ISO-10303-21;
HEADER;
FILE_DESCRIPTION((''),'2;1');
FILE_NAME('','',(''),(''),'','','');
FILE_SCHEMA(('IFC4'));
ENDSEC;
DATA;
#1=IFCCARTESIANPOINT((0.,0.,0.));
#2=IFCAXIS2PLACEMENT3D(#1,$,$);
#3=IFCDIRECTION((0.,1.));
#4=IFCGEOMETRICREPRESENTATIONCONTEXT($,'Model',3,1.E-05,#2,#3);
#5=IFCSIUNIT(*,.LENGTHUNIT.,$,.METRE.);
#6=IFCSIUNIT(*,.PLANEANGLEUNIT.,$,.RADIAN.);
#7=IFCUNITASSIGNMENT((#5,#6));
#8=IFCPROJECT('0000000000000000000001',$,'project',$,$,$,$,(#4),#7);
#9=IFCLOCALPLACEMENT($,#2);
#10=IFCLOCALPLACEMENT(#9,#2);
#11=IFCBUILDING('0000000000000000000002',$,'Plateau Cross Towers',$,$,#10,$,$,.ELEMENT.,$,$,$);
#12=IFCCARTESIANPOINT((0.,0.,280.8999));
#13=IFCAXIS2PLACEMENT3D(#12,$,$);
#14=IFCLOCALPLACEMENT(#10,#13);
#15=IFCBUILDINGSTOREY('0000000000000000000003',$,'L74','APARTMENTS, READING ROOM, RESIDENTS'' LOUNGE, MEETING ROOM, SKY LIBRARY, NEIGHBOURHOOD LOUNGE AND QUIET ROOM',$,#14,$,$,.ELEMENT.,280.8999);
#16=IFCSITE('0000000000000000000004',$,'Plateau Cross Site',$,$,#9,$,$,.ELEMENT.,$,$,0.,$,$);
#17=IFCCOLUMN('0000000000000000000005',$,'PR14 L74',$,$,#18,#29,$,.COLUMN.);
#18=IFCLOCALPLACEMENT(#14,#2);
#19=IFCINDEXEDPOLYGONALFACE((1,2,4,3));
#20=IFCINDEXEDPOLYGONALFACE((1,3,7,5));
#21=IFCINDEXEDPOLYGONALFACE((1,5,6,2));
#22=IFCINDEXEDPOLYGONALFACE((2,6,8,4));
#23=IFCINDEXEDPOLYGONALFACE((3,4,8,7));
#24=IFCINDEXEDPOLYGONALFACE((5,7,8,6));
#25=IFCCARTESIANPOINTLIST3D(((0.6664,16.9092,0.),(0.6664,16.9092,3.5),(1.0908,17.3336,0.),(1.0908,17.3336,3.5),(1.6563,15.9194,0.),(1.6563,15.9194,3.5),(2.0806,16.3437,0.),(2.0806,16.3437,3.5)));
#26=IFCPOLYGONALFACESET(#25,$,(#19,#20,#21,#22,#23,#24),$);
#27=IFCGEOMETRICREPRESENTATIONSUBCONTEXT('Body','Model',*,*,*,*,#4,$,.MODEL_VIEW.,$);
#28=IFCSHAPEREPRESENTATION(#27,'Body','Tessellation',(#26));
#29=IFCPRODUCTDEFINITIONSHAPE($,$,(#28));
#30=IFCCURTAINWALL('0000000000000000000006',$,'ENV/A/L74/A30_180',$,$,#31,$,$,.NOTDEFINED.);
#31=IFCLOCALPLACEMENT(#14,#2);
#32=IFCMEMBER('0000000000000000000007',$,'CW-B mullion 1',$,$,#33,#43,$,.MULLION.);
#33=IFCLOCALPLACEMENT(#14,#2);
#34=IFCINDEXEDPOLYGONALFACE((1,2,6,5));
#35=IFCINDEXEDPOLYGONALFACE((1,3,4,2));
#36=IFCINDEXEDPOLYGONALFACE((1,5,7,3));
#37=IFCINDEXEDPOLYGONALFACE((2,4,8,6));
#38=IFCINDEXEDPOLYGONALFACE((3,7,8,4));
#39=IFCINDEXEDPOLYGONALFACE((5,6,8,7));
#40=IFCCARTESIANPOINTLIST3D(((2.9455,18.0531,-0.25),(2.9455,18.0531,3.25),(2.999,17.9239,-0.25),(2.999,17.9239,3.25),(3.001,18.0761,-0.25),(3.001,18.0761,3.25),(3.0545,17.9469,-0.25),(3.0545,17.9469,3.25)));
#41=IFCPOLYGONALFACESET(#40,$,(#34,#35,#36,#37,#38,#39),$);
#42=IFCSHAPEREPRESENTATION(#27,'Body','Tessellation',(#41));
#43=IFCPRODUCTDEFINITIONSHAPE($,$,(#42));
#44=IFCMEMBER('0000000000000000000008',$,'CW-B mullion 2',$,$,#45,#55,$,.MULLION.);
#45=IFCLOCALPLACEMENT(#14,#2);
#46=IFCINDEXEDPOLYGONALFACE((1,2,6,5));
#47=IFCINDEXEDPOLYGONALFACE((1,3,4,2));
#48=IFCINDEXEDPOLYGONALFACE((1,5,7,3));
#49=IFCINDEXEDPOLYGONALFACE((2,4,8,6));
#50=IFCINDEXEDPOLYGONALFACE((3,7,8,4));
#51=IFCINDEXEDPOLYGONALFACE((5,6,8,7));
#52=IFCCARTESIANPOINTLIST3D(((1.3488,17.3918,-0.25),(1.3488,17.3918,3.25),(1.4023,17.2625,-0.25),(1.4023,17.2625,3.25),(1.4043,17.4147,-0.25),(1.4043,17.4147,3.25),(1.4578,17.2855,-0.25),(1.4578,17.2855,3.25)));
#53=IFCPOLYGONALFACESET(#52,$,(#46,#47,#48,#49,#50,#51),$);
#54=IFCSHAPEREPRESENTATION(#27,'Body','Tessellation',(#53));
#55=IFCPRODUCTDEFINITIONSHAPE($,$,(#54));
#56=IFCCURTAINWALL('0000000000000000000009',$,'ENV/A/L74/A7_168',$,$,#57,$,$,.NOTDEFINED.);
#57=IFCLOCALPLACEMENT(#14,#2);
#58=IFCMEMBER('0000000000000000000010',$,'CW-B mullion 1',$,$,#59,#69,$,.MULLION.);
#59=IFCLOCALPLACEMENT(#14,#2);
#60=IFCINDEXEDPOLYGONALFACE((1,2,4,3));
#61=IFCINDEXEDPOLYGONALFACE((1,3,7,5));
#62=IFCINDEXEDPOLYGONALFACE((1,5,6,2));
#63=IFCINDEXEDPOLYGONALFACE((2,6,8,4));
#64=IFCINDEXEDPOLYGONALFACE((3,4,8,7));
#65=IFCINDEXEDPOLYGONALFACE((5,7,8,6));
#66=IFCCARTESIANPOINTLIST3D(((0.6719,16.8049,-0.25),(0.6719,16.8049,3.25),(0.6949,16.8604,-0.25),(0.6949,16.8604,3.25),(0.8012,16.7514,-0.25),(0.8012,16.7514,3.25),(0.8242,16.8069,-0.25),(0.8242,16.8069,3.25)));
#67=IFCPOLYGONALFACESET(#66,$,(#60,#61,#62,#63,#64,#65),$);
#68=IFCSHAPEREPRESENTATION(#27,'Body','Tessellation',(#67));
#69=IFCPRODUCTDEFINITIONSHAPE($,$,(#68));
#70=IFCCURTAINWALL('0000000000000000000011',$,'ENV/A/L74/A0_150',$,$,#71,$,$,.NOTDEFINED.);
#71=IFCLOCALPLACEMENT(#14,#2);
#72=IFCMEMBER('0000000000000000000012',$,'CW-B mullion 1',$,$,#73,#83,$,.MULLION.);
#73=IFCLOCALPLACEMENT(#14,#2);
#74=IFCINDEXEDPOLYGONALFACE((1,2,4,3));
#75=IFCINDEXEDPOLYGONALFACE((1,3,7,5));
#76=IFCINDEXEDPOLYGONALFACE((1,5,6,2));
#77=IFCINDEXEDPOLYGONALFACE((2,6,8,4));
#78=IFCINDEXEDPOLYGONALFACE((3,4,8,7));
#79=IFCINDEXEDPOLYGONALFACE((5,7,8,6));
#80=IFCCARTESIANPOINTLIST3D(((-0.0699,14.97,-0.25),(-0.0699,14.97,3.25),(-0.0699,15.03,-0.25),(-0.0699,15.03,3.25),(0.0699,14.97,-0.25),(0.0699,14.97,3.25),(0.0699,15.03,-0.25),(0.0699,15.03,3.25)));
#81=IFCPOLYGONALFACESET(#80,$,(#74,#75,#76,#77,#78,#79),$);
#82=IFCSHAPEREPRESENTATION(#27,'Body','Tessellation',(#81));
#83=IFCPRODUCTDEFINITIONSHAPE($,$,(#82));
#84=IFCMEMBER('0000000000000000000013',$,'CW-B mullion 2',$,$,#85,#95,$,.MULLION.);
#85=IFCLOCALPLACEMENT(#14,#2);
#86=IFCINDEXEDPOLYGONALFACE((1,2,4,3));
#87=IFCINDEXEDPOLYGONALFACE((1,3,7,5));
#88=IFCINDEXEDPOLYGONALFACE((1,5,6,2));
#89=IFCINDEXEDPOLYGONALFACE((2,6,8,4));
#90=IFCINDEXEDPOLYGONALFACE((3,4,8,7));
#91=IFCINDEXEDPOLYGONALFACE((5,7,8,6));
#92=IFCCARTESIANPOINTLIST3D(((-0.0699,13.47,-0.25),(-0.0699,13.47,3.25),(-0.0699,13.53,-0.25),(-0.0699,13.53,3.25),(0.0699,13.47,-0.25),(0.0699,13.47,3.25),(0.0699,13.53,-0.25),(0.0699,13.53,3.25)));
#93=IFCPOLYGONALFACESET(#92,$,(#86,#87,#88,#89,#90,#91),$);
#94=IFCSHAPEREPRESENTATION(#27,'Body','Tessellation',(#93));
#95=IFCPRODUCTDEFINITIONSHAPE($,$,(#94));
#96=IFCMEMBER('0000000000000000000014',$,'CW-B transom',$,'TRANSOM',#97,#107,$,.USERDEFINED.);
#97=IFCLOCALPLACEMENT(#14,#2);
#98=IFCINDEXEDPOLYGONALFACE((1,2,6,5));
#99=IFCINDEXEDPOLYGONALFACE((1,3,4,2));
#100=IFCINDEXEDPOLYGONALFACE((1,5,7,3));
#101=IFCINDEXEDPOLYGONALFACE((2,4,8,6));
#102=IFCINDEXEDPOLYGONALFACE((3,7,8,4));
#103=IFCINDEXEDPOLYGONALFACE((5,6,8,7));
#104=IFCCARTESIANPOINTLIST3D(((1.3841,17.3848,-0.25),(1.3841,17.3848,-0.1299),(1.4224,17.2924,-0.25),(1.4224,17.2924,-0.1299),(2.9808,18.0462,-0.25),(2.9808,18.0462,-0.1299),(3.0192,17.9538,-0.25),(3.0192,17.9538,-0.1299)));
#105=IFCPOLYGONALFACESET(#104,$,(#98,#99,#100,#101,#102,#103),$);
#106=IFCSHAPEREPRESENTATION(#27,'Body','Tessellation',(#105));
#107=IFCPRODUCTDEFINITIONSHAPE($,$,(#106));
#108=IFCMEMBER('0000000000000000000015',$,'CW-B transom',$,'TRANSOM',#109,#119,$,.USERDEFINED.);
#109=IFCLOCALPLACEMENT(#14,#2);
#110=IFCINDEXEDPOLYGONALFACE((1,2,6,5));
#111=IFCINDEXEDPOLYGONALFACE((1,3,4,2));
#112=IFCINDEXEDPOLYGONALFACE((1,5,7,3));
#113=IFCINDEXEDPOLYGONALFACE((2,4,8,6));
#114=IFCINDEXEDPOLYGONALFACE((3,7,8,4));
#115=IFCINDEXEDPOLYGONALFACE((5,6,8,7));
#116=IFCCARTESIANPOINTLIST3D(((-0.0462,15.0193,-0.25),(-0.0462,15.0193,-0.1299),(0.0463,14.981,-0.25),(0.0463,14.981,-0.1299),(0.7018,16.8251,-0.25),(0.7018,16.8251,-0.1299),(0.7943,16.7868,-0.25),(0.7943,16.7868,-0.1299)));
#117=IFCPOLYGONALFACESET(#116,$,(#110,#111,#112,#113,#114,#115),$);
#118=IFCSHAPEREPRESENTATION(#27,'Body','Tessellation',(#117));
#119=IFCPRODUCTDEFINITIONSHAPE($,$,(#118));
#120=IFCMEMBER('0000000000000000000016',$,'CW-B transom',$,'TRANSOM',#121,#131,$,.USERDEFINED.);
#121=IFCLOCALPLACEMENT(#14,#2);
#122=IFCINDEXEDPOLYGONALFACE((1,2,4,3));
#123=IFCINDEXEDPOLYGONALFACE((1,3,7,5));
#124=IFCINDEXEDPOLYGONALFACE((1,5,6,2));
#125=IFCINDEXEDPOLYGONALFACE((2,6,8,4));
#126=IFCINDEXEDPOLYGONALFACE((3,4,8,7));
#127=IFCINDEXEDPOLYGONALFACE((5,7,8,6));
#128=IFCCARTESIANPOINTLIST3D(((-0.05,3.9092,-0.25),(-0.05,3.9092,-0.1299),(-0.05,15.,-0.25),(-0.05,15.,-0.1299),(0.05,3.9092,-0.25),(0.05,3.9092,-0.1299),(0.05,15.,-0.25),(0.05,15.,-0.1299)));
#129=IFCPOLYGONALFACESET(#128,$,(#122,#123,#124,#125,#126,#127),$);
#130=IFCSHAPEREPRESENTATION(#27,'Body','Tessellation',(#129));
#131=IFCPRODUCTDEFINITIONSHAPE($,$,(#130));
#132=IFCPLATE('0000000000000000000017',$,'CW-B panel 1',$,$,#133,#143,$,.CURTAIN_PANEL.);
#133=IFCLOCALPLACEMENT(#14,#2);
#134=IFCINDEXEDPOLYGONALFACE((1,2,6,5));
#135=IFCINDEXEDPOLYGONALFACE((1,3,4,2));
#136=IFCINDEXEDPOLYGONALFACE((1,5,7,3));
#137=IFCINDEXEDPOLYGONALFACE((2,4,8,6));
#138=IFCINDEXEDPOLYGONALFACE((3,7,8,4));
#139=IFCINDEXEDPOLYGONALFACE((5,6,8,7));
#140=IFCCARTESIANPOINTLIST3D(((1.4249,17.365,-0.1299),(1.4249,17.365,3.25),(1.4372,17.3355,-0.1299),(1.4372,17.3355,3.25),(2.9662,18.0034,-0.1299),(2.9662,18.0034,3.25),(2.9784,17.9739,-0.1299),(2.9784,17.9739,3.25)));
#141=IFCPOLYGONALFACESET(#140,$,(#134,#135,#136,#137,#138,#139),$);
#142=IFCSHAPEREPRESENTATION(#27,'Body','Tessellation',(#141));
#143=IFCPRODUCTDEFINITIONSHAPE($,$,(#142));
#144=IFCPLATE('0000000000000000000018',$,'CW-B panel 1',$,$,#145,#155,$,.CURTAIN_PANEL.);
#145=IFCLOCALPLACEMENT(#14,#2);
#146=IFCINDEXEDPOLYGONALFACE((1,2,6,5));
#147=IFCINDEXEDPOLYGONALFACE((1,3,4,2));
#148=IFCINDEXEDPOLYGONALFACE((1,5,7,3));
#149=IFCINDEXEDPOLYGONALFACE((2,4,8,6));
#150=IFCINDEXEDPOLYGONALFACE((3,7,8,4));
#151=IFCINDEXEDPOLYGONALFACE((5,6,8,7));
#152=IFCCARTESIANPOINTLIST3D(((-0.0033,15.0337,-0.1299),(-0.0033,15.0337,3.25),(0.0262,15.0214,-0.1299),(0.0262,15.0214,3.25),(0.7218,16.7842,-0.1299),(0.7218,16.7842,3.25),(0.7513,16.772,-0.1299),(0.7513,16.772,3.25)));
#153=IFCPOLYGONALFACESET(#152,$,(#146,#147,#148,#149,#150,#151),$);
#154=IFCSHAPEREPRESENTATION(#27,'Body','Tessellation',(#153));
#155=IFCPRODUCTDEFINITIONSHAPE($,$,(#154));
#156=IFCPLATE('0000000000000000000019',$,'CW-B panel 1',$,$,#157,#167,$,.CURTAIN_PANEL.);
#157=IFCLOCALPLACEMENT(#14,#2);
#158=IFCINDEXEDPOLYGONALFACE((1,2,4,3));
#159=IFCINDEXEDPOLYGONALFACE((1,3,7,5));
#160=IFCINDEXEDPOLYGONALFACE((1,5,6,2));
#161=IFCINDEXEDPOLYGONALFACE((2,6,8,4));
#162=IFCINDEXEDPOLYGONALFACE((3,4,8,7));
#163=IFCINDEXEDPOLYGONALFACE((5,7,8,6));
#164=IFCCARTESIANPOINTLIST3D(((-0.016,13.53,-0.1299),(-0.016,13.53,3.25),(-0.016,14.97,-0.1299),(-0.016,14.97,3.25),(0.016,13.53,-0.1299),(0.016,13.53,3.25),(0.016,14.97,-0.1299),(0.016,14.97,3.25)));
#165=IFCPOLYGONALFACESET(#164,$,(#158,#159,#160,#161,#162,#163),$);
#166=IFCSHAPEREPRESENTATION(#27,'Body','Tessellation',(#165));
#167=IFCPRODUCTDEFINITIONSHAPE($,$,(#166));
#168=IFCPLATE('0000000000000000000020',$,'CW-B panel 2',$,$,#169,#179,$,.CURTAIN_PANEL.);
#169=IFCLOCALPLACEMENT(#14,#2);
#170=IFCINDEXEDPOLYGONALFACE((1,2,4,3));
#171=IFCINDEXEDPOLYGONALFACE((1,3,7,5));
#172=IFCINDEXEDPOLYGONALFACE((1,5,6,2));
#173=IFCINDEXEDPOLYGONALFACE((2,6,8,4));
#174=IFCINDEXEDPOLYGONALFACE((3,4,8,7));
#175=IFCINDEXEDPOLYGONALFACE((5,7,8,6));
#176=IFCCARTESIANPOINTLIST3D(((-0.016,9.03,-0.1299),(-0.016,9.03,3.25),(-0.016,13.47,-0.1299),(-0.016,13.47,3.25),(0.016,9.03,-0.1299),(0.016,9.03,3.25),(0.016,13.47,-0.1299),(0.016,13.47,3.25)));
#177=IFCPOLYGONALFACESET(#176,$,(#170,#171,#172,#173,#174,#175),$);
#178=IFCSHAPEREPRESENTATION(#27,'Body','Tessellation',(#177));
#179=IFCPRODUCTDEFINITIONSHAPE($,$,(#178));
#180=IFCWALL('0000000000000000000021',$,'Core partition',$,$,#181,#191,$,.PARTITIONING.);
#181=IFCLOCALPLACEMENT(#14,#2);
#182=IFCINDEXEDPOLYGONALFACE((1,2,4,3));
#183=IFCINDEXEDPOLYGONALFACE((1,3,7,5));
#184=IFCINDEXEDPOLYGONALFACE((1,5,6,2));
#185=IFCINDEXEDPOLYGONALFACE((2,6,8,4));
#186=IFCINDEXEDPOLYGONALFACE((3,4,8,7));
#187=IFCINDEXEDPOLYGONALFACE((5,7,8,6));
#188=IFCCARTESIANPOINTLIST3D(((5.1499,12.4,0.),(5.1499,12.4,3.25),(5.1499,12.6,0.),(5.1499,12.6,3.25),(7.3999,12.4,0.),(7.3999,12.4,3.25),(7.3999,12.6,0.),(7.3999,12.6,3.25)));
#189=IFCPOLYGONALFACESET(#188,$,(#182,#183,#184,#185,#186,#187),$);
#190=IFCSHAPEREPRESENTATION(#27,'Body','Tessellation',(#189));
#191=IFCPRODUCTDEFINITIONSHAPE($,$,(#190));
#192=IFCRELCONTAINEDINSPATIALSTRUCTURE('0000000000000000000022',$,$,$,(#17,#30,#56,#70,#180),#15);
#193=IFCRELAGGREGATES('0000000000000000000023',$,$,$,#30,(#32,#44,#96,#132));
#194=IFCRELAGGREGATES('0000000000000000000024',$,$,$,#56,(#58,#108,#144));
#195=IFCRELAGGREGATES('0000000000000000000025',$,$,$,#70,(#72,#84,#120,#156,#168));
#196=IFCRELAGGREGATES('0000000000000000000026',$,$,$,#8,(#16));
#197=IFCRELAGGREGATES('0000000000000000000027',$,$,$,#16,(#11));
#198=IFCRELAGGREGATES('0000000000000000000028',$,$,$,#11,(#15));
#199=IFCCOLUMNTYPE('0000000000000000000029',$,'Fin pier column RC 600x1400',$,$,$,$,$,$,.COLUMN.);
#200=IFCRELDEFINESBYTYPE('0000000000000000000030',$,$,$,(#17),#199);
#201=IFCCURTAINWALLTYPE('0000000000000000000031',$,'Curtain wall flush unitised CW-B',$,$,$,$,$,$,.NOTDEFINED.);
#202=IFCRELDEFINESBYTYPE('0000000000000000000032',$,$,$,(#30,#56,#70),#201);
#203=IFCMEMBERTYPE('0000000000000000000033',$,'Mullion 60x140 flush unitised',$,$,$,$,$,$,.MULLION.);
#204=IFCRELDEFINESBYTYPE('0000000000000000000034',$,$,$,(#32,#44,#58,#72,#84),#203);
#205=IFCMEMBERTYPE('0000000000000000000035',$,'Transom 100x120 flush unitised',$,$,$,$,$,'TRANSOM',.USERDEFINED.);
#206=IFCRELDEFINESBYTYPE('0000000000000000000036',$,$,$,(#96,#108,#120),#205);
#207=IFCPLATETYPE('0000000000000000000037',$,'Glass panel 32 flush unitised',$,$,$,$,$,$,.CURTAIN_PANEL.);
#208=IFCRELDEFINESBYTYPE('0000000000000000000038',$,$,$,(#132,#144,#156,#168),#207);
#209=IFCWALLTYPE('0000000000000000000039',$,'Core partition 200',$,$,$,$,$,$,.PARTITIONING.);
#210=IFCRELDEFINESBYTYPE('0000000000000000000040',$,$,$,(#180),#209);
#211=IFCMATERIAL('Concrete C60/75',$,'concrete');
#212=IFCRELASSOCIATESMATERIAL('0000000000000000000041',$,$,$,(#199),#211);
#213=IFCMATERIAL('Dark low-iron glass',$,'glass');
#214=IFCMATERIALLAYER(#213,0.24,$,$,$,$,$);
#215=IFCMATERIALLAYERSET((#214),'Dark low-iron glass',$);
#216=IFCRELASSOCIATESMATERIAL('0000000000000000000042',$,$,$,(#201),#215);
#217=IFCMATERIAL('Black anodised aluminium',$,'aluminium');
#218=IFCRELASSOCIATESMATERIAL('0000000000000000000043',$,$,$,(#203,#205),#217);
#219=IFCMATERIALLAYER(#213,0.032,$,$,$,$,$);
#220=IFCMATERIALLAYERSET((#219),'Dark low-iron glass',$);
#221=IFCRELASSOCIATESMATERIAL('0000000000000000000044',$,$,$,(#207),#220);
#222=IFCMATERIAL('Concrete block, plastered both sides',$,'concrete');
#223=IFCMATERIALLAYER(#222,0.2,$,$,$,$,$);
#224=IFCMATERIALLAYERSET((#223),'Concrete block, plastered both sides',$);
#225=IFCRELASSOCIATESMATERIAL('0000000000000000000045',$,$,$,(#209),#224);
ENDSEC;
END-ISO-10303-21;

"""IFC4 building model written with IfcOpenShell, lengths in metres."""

from ifc_helpers import new_model, si_unit, direction, frame, frame_2d, origin, origin_2d, place, context, subcontext, project, spatial, rectangle, extrude, material, layer, layer_set, material_profile, profile_set, type_object, element, aggregate, save


model = new_model("IFC4")

# Units and contexts
model_context = context("Model", 3, precision=1e-05, world=origin(), true_north=direction((0.0, 1.0)))
body_context = subcontext(model_context, "Body", "Model", "MODEL_VIEW")
ifc_project = project(units=[si_unit("LENGTHUNIT", "METRE"), si_unit("PLANEANGLEUNIT", "RADIAN")], contexts=[model_context])

# Site, building, storey
site_placement = place(None, origin())
site = spatial("IfcSite", under=ifc_project, at=site_placement, Name="Plateau Cross Site", CompositionType="ELEMENT", RefElevation=0.0)
building_placement = place(site_placement, origin())
building = spatial("IfcBuilding", under=site, at=building_placement, Name="Plateau Cross Towers", CompositionType="ELEMENT")
storey_placement = place(building_placement, frame((0.0, 0.0, 280.8999)))
storey = spatial("IfcBuildingStorey", under=building, at=storey_placement, Name="L74", Description="APARTMENTS, READING ROOM, RESIDENTS' LOUNGE, MEETING ROOM, SKY LIBRARY, NEIGHBOURHOOD LOUNGE AND QUIET ROOM", CompositionType="ELEMENT", Elevation=280.8999)

# Column
ifc_material_1 = material(Name="Concrete C60/75", Category="concrete")
ifc_material_profile_1 = material_profile(ifc_material_1, rectangle(XDim=0.6001, YDim=1.3999, at=origin_2d()), Name="RC 600x1400")
ifc_profile_set_1 = profile_set([ifc_material_profile_1], Name="Concrete C60/75")
column_type = type_object("IfcColumnType", Name="Fin pier column RC 600x1400", PredefinedType="COLUMN", material=ifc_profile_set_1)
column_placement = place(storey_placement, frame((1.3735, 16.6265, 0.0), z_axis=(0.0, 0.0, 1.0), x_axis=(0.707107, 0.707107, 0.0)))
element("IfcColumn", 1, at=column_placement, inside=storey, type_object=column_type, Name="PR14 L74", PredefinedType="COLUMN", context=body_context, shape_type="SweptSolid", body=[
    extrude(rectangle(XDim=0.6001, YDim=1.3999, at=origin_2d()), origin(), (0.0, 0.0, 1.0), 3.5),
])

# Curtain wall, members
ifc_material_2 = material(Name="Dark low-iron glass", Category="glass")
ifc_layer_1 = layer(ifc_material_2, 0.24)
ifc_layer_set_1 = layer_set([ifc_layer_1], Name="Dark low-iron glass")
curtain_wall_type = type_object("IfcCurtainWallType", Name="Curtain wall flush unitised CW-B", PredefinedType="NOTDEFINED", material=ifc_layer_set_1)
curtain_wall_1_placement = place(storey_placement, origin())
curtain_wall_1 = element("IfcCurtainWall", 2, at=curtain_wall_1_placement, inside=storey, type_object=curtain_wall_type, Name="ENV/A/L74/A30_180", PredefinedType="NOTDEFINED")
ifc_material_3 = material(Name="Black anodised aluminium", Category="aluminium")
ifc_material_profile_2 = material_profile(ifc_material_3, rectangle(XDim=0.0601, YDim=0.1399, at=origin_2d()), Name="MULLION 60x140")
ifc_profile_set_2 = profile_set([ifc_material_profile_2], Name="Black anodised aluminium")
member_type_1 = type_object("IfcMemberType", Name="Mullion 60x140 flush unitised", PredefinedType="MULLION", material=ifc_profile_set_2)
member_1_placement = place(storey_placement, frame((3.0, 18.0, -0.25), z_axis=(0.0, 0.0, 1.0), x_axis=(-0.923879, -0.382684, 0.0)))
member_1 = element("IfcMember", 3, at=member_1_placement, type_object=member_type_1, Name="CW-B mullion 1", PredefinedType="MULLION", context=body_context, shape_type="SweptSolid", body=[
    extrude(rectangle(XDim=0.0601, YDim=0.1399, at=origin_2d()), origin(), (0.0, 0.0, 1.0), 3.5),
])
member_2_placement = place(storey_placement, frame((1.4033, 17.3386, -0.25), z_axis=(0.0, 0.0, 1.0), x_axis=(-0.923879, -0.382684, 0.0)))
member_2 = element("IfcMember", 4, at=member_2_placement, type_object=member_type_1, Name="CW-B mullion 2", PredefinedType="MULLION", context=body_context, shape_type="SweptSolid", body=[
    extrude(rectangle(XDim=0.0601, YDim=0.1399, at=origin_2d()), origin(), (0.0, 0.0, 1.0), 3.5),
])

# Curtain wall, member
curtain_wall_2_placement = place(storey_placement, origin())
curtain_wall_2 = element("IfcCurtainWall", 5, at=curtain_wall_2_placement, inside=storey, type_object=curtain_wall_type, Name="ENV/A/L74/A7_168", PredefinedType="NOTDEFINED")
member_3_placement = place(storey_placement, frame((0.748, 16.8059, -0.25), z_axis=(0.0, 0.0, 1.0), x_axis=(-0.382684, -0.923879, 0.0)))
member_3 = element("IfcMember", 6, at=member_3_placement, type_object=member_type_1, Name="CW-B mullion 1", PredefinedType="MULLION", context=body_context, shape_type="SweptSolid", body=[
    extrude(rectangle(XDim=0.0601, YDim=0.1399, at=origin_2d()), origin(), (0.0, 0.0, 1.0), 3.5),
])

# Curtain wall, members
curtain_wall_3_placement = place(storey_placement, origin())
curtain_wall_3 = element("IfcCurtainWall", 7, at=curtain_wall_3_placement, inside=storey, type_object=curtain_wall_type, Name="ENV/A/L74/A0_150", PredefinedType="NOTDEFINED")
member_4_placement = place(storey_placement, frame((0.0, 15.0, -0.25), z_axis=(0.0, 0.0, 1.0), x_axis=(0.0, -1.0, 0.0)))
member_4 = element("IfcMember", 8, at=member_4_placement, type_object=member_type_1, Name="CW-B mullion 1", PredefinedType="MULLION", context=body_context, shape_type="SweptSolid", body=[
    extrude(rectangle(XDim=0.0601, YDim=0.1399, at=origin_2d()), origin(), (0.0, 0.0, 1.0), 3.5),
])
member_5_placement = place(storey_placement, frame((0.0, 13.5, -0.25), z_axis=(0.0, 0.0, 1.0), x_axis=(0.0, -1.0, 0.0)))
member_5 = element("IfcMember", 9, at=member_5_placement, type_object=member_type_1, Name="CW-B mullion 2", PredefinedType="MULLION", context=body_context, shape_type="SweptSolid", body=[
    extrude(rectangle(XDim=0.0601, YDim=0.1399, at=origin_2d()), origin(), (0.0, 0.0, 1.0), 3.5),
])

# Members
ifc_material_profile_3 = material_profile(ifc_material_3, rectangle(XDim=0.1001, YDim=0.1201, at=origin_2d()), Name="TRANSOM 100x120")
ifc_profile_set_3 = profile_set([ifc_material_profile_3], Name="Black anodised aluminium")
member_type_2 = type_object("IfcMemberType", Name="Transom 100x120 flush unitised", ElementType="TRANSOM", PredefinedType="USERDEFINED", material=ifc_profile_set_3)
member_6_placement = place(storey_placement, frame((3.0, 18.0, -0.1899), z_axis=(-0.923877, -0.382689, 0.0), x_axis=(0.382689, -0.923877, 0.0)))
member_6 = element("IfcMember", 10, at=member_6_placement, type_object=member_type_2, Name="CW-B transom", ObjectType="TRANSOM", PredefinedType="USERDEFINED", context=body_context, shape_type="SweptSolid", body=[
    extrude(rectangle(XDim=0.1001, YDim=0.1201, at=origin_2d()), origin(), (0.0, 0.0, 1.0), 1.7283),
])
member_7_placement = place(storey_placement, frame((0.748, 16.8059, -0.1899), z_axis=(-0.38269, -0.923877, 0.0), x_axis=(0.923877, -0.38269, 0.0)))
member_7 = element("IfcMember", 11, at=member_7_placement, type_object=member_type_2, Name="CW-B transom", ObjectType="TRANSOM", PredefinedType="USERDEFINED", context=body_context, shape_type="SweptSolid", body=[
    extrude(rectangle(XDim=0.1001, YDim=0.1201, at=origin_2d()), origin(), (0.0, 0.0, 1.0), 1.9546),
])
member_8_placement = place(storey_placement, frame((0.0, 15.0, -0.1899), z_axis=(0.0, -1.0, 0.0), x_axis=(1.0, 0.0, 0.0)))
member_8 = element("IfcMember", 12, at=member_8_placement, type_object=member_type_2, Name="CW-B transom", ObjectType="TRANSOM", PredefinedType="USERDEFINED", context=body_context, shape_type="SweptSolid", body=[
    extrude(rectangle(XDim=0.1001, YDim=0.1201, at=origin_2d()), origin(), (0.0, 0.0, 1.0), 11.0908),
])

# Plates
ifc_layer_2 = layer(ifc_material_2, 0.032)
ifc_layer_set_2 = layer_set([ifc_layer_2], Name="Dark low-iron glass")
plate_type = type_object("IfcPlateType", Name="Glass panel 32 flush unitised", PredefinedType="CURTAIN_PANEL", material=ifc_layer_set_2)
plate_1_placement = place(storey_placement, frame((2.2017, 17.6694, -0.1299), z_axis=(0.0, 0.0, 1.0), x_axis=(-0.923879, -0.382684, 0.0)))
plate_1 = element("IfcPlate", 13, at=plate_1_placement, type_object=plate_type, Name="CW-B panel 1", PredefinedType="CURTAIN_PANEL", context=body_context, shape_type="SweptSolid", body=[
    extrude(rectangle(XDim=1.6682, YDim=0.032, at=origin_2d()), origin(), (0.0, 0.0, 1.0), 3.3799),
])
aggregate(curtain_wall_1, [member_1, member_2, member_6, plate_1])
plate_2_placement = place(storey_placement, frame((0.374, 15.9028, -0.1299), z_axis=(0.0, 0.0, 1.0), x_axis=(-0.382684, -0.923879, 0.0)))
plate_2 = element("IfcPlate", 14, at=plate_2_placement, type_object=plate_type, Name="CW-B panel 1", PredefinedType="CURTAIN_PANEL", context=body_context, shape_type="SweptSolid", body=[
    extrude(rectangle(XDim=1.8948, YDim=0.032, at=origin_2d()), origin(), (0.0, 0.0, 1.0), 3.3799),
])
aggregate(curtain_wall_2, [member_3, member_7, plate_2])
plate_3_placement = place(storey_placement, frame((0.0, 14.25, -0.1299), z_axis=(0.0, 0.0, 1.0), x_axis=(0.0, -1.0, 0.0)))
plate_3 = element("IfcPlate", 15, at=plate_3_placement, type_object=plate_type, Name="CW-B panel 1", PredefinedType="CURTAIN_PANEL", context=body_context, shape_type="SweptSolid", body=[
    extrude(rectangle(XDim=1.4399, YDim=0.032, at=origin_2d()), origin(), (0.0, 0.0, 1.0), 3.3799),
])
plate_4_placement = place(storey_placement, frame((0.0, 11.25, -0.1299), z_axis=(0.0, 0.0, 1.0), x_axis=(0.0, -1.0, 0.0)))
plate_4 = element("IfcPlate", 16, at=plate_4_placement, type_object=plate_type, Name="CW-B panel 2", PredefinedType="CURTAIN_PANEL", context=body_context, shape_type="SweptSolid", body=[
    extrude(rectangle(XDim=4.4399, YDim=0.032, at=origin_2d()), origin(), (0.0, 0.0, 1.0), 3.3799),
])
aggregate(curtain_wall_3, [member_4, member_5, member_8, plate_3, plate_4])

# Wall
ifc_material_4 = material(Name="Concrete block, plastered both sides", Category="concrete")
ifc_layer_3 = layer(ifc_material_4, 0.2)
ifc_layer_set_3 = layer_set([ifc_layer_3], Name="Concrete block, plastered both sides")
wall_type_1 = type_object("IfcWallType", Name="Core partition 200", PredefinedType="PARTITIONING", material=ifc_layer_set_3)
wall_1_placement = place(storey_placement, frame((5.1499, 12.5, 0.0), z_axis=(0.0, 0.0, 1.0), x_axis=(1.0, 0.0, 0.0)))
element("IfcWall", 17, at=wall_1_placement, inside=storey, type_object=wall_type_1, Name="Core partition", PredefinedType="PARTITIONING", context=body_context, shape_type="SweptSolid", body=[
    extrude(rectangle(XDim=2.25, YDim=0.2, at=frame_2d((1.125, 0.0))), origin(), (0.0, 0.0, 1.0), 3.25),
])

save(model, "model.ifc")
